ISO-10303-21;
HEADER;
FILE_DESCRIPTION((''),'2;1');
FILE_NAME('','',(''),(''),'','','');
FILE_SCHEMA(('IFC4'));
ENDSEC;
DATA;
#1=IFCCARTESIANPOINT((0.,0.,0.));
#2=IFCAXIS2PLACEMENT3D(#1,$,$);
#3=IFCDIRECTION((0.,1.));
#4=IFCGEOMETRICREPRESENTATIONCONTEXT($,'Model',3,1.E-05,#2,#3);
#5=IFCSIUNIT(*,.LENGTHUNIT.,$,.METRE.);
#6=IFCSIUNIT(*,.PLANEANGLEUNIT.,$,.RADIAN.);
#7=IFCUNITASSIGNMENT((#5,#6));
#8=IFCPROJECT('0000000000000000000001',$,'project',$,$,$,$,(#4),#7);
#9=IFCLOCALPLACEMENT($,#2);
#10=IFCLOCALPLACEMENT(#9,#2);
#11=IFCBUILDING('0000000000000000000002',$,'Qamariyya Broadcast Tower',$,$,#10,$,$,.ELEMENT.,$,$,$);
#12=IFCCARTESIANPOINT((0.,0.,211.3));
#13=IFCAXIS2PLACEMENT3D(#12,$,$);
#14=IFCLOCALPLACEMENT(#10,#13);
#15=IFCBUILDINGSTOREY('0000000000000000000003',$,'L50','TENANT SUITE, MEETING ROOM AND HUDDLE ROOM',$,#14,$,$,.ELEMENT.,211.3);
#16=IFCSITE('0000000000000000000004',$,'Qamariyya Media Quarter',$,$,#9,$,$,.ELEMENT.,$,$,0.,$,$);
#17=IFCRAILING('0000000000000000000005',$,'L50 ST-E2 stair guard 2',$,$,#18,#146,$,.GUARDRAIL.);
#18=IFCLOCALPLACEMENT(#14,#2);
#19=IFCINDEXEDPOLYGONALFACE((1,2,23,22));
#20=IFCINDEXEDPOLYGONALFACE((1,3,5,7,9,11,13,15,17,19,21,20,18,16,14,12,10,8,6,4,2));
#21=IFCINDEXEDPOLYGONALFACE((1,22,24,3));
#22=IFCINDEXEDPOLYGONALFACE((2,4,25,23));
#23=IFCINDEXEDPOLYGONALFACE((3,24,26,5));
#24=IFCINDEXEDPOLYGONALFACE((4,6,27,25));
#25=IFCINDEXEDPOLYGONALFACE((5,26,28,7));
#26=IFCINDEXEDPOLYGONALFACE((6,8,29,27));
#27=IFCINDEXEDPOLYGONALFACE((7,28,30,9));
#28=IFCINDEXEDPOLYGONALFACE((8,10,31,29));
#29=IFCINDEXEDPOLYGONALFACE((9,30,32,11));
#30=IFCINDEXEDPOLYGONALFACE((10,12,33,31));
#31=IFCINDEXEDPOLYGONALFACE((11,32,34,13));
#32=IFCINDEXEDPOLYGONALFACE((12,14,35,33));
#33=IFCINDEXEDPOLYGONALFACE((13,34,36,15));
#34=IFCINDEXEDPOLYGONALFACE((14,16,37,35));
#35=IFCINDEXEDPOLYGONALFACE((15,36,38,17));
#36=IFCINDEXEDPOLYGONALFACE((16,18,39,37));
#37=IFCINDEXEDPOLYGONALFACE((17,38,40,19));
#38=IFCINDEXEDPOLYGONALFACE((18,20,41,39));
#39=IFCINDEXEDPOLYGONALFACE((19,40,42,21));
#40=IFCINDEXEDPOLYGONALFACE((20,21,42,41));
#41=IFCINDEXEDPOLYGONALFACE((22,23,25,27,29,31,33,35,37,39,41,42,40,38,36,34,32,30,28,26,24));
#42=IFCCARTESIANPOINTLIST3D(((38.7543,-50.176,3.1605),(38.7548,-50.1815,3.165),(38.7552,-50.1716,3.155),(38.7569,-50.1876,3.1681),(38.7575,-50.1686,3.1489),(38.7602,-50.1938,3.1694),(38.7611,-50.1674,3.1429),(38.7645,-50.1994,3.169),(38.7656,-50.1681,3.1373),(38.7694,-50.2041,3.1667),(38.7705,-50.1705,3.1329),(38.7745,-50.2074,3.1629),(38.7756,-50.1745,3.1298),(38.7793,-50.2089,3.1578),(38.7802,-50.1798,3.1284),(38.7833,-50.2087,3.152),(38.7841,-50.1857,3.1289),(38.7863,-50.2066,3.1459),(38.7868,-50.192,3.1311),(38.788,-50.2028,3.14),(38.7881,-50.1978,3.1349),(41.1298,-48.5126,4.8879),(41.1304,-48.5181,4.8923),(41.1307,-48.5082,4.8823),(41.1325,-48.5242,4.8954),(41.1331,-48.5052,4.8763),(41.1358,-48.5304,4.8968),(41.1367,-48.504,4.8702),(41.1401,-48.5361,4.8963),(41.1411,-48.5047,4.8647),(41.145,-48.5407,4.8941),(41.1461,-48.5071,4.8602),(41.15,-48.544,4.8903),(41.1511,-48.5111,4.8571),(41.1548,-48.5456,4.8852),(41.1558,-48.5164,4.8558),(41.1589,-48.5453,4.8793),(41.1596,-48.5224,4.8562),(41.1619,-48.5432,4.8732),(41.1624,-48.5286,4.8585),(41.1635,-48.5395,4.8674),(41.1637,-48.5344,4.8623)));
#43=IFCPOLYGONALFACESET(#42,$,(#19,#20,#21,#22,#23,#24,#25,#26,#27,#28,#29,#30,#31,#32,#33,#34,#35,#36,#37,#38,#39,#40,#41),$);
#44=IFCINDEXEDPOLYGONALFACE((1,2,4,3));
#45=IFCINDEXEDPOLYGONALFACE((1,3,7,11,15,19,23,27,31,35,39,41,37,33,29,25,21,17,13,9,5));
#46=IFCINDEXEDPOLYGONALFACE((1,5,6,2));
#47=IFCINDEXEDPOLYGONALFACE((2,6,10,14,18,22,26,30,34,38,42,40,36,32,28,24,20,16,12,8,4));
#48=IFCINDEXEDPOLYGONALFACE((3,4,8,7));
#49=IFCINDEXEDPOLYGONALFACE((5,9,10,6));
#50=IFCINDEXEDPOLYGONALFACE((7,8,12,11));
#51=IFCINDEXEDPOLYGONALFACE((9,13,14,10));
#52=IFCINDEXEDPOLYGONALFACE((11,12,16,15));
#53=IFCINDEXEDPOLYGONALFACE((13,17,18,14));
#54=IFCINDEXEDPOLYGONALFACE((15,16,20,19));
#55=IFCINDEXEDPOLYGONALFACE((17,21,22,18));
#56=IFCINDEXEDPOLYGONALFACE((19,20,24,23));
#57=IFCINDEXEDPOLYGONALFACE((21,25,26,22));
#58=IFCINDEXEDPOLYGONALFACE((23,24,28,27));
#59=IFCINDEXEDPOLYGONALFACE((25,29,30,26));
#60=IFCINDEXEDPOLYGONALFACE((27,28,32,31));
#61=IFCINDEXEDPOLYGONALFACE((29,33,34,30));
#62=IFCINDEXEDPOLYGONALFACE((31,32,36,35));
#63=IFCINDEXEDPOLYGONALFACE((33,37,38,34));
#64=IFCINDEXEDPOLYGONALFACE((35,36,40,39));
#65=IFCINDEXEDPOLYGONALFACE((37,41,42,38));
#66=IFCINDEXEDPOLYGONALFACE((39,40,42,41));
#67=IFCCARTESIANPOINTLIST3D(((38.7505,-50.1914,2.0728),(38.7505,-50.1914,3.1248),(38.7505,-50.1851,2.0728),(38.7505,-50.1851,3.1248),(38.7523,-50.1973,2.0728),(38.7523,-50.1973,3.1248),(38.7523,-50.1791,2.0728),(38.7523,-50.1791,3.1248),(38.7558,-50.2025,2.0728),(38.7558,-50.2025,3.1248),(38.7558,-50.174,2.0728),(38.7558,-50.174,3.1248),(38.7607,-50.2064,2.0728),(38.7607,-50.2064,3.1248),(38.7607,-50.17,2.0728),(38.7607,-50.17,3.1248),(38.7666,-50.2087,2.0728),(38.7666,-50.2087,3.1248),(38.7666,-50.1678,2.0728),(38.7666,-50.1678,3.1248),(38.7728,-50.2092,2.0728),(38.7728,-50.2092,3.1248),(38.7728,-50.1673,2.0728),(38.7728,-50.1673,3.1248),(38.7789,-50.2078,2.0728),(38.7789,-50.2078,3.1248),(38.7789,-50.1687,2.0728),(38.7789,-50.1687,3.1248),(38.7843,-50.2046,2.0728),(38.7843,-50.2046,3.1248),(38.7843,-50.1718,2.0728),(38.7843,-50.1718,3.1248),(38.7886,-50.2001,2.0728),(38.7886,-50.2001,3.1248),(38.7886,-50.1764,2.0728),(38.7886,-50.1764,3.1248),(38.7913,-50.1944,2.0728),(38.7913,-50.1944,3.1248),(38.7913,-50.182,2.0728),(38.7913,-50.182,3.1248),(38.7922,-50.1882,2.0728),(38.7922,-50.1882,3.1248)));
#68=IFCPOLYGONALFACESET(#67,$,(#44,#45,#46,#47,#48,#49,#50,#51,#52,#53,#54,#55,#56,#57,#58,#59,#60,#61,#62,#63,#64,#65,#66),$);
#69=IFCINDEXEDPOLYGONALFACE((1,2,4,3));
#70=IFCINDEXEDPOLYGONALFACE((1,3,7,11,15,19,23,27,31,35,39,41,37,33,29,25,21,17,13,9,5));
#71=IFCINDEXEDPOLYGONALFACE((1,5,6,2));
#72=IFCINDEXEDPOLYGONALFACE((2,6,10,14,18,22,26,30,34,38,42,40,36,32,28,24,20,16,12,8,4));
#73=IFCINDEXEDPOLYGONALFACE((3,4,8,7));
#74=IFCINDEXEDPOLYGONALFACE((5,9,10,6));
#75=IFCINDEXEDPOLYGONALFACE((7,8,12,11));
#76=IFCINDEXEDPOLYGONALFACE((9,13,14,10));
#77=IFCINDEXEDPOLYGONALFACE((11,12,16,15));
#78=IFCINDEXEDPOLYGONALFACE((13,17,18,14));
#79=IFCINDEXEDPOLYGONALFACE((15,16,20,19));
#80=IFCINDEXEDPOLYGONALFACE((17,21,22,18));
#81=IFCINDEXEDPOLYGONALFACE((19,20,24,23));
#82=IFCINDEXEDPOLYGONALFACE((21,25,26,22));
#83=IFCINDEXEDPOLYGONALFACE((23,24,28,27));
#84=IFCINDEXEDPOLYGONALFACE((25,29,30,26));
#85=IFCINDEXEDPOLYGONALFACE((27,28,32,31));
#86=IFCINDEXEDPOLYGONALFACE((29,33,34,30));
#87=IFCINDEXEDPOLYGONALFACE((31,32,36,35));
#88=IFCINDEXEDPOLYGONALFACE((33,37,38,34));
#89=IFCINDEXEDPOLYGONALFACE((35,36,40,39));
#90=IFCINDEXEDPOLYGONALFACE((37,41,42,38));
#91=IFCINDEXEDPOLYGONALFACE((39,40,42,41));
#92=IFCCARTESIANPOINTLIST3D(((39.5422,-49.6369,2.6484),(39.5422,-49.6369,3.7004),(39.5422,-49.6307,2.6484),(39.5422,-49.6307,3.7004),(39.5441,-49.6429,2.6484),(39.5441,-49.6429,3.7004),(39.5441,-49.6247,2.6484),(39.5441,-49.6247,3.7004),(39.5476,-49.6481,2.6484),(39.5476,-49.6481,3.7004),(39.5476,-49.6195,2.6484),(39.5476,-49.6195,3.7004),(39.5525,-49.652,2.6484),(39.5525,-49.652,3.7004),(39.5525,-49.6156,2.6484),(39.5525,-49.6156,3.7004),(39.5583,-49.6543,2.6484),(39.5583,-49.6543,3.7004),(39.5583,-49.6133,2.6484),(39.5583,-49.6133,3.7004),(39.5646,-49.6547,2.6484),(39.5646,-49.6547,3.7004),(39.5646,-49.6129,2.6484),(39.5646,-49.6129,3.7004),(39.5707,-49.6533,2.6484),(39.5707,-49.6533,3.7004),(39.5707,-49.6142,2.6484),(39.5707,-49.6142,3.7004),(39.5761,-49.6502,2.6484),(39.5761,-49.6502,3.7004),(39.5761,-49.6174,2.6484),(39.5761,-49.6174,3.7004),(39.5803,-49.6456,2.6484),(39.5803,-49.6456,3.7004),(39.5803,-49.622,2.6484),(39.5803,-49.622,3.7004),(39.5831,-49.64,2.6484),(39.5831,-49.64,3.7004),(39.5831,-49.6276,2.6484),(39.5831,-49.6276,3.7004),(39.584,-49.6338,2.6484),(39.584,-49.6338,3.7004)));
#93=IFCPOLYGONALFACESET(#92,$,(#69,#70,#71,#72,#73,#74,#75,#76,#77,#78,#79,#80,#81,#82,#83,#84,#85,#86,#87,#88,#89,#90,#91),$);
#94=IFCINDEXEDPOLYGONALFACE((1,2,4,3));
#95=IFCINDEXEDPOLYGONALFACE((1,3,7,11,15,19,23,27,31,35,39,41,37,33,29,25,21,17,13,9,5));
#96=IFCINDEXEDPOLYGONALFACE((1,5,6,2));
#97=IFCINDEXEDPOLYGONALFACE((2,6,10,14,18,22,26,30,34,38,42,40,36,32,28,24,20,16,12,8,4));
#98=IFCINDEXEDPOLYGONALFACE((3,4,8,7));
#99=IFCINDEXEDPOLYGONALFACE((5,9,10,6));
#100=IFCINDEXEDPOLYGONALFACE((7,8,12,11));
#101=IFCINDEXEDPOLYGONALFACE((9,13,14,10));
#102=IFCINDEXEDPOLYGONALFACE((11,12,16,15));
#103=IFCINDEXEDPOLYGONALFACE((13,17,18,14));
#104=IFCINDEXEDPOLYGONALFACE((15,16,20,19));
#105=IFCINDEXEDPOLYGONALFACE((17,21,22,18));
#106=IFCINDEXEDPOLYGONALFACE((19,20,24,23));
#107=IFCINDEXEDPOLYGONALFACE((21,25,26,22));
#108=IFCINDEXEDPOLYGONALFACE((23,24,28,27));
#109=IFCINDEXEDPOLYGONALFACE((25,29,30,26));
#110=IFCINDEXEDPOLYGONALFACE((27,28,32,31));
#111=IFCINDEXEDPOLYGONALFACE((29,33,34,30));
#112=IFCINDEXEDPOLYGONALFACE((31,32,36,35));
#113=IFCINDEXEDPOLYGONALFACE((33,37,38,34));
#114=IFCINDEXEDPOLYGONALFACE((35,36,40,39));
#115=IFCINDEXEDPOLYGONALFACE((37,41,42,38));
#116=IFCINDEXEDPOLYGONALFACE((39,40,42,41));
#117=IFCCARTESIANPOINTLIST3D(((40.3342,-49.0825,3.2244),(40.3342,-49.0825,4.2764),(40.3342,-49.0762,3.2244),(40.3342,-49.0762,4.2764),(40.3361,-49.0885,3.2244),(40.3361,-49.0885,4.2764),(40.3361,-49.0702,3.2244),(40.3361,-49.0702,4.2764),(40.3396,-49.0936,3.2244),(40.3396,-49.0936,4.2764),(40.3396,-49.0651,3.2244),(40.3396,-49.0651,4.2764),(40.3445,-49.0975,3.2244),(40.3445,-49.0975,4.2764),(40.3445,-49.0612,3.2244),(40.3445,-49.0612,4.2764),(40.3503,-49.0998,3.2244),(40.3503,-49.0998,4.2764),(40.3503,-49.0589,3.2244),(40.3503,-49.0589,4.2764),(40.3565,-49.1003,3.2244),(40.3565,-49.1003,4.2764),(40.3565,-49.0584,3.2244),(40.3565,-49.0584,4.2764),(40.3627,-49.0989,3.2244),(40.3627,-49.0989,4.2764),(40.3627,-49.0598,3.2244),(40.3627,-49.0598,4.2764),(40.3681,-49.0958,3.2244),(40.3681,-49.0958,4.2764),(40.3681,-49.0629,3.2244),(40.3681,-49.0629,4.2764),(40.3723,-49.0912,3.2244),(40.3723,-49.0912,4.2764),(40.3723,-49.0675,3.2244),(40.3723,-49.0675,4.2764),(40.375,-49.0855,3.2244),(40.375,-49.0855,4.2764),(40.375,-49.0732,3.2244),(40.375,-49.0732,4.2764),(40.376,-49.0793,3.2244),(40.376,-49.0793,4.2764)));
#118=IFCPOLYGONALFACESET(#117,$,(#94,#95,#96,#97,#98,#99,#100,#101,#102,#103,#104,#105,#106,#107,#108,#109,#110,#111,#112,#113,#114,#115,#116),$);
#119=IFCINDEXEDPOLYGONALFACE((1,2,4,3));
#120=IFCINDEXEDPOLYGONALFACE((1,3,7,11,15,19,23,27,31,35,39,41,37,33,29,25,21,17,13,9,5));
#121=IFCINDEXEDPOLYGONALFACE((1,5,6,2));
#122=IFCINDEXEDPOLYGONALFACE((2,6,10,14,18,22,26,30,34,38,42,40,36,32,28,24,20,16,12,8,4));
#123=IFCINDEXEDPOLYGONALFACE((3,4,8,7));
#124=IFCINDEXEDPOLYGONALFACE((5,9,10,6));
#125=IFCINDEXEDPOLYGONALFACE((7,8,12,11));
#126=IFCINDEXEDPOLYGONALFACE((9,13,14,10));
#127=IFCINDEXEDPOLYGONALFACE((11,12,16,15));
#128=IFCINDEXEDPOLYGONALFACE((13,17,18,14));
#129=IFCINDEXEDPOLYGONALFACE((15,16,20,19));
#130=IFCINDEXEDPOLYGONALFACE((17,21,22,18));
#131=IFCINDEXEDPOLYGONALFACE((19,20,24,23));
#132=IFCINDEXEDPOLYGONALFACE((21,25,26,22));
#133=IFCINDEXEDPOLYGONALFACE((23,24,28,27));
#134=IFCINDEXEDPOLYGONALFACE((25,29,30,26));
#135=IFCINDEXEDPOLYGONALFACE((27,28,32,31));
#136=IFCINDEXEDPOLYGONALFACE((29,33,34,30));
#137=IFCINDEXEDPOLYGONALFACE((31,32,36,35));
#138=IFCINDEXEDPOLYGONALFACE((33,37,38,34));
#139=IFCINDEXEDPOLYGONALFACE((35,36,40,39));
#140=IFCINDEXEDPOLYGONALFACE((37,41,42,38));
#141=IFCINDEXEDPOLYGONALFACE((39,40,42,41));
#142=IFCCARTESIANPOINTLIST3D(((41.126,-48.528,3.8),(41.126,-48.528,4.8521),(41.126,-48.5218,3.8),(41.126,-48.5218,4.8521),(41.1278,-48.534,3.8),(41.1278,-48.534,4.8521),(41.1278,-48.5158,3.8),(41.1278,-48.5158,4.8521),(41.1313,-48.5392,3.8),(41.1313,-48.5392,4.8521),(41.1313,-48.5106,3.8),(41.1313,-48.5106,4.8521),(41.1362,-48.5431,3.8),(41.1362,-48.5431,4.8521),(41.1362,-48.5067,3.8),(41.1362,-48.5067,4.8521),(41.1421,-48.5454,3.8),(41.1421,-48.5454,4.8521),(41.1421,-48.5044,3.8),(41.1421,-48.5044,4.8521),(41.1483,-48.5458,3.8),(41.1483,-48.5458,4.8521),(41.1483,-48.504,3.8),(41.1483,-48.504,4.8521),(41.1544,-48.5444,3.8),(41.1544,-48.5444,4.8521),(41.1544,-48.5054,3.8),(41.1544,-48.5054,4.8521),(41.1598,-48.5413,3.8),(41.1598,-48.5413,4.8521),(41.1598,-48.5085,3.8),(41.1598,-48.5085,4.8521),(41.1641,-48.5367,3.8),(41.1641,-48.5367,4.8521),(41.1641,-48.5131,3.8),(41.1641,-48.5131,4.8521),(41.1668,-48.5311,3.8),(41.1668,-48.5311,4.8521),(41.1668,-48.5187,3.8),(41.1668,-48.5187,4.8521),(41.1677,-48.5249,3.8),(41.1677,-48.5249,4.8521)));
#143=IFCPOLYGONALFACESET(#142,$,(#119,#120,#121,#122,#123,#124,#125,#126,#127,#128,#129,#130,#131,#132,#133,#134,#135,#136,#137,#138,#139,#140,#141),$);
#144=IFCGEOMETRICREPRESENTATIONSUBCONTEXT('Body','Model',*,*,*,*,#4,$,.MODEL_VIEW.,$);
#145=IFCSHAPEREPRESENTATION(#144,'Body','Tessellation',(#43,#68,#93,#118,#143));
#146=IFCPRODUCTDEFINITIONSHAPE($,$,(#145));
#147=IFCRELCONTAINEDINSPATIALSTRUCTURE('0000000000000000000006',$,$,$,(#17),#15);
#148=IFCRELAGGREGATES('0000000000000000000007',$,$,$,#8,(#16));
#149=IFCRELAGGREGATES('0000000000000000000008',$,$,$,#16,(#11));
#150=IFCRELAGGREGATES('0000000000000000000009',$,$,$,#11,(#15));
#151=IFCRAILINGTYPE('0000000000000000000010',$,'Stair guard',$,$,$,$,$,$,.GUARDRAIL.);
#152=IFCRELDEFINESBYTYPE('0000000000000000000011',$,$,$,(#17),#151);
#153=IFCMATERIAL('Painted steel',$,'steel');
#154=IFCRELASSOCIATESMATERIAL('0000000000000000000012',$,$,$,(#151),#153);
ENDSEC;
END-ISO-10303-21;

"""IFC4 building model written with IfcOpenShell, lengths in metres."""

from ifc_helpers import new_model, si_unit, direction, frame, origin, origin_2d, place, context, subcontext, project, spatial, circle, extrude, material, type_object, element, save


model = new_model("IFC4")

# Units and contexts
model_context = context("Model", 3, precision=1e-05, world=origin(), true_north=direction((0.0, 1.0)))
body_context = subcontext(model_context, "Body", "Model", "MODEL_VIEW")
ifc_project = project(units=[si_unit("LENGTHUNIT", "METRE"), si_unit("PLANEANGLEUNIT", "RADIAN")], contexts=[model_context])

# Site, building, storey
site_placement = place(None, origin())
site = spatial("IfcSite", under=ifc_project, at=site_placement, Name="Qamariyya Media Quarter", CompositionType="ELEMENT", RefElevation=0.0)
building_placement = place(site_placement, origin())
building = spatial("IfcBuilding", under=site, at=building_placement, Name="Qamariyya Broadcast Tower", CompositionType="ELEMENT")
storey_placement = place(building_placement, frame((0.0, 0.0, 211.3)))
storey = spatial("IfcBuildingStorey", under=building, at=storey_placement, Name="L50", Description="TENANT SUITE, MEETING ROOM AND HUDDLE ROOM", CompositionType="ELEMENT", Elevation=211.3)

# Railing
ifc_material_1 = material(Name="Painted steel", Category="steel")
railing_type_1 = type_object("IfcRailingType", Name="Stair guard", PredefinedType="GUARDRAIL", material=ifc_material_1)
railing_1_placement = place(storey_placement, frame((38.7712, -50.1882, 2.0728)))
element("IfcRailing", 1, at=railing_1_placement, inside=storey, type_object=railing_type_1, Name="L50 ST-E2 stair guard 2", PredefinedType="GUARDRAIL", context=body_context, shape_type="SweptSolid", body=[
    extrude(circle(Radius=0.0239, at=origin_2d()), frame((0.0, 0.0, 1.0762), z_axis=(0.70377, 0.492784, 0.511734), x_axis=(-0.573575, 0.819153, 0.0)), (0.0, 0.0, 1.0), 3.3755),
    extrude(circle(Radius=0.021, at=origin_2d()), origin(), (0.0, 0.0, 1.0), 1.052),
    extrude(circle(Radius=0.021, at=origin_2d()), frame((0.7917, 0.5544, 0.5757)), (0.0, 0.0, 1.0), 1.052),
    extrude(circle(Radius=0.021, at=origin_2d()), frame((1.5837, 1.1089, 1.1516)), (0.0, 0.0, 1.0), 1.052),
    extrude(circle(Radius=0.021, at=origin_2d()), frame((2.3755, 1.6633, 1.7273)), (0.0, 0.0, 1.0), 1.052),
])

save(model, "model.ifc")
